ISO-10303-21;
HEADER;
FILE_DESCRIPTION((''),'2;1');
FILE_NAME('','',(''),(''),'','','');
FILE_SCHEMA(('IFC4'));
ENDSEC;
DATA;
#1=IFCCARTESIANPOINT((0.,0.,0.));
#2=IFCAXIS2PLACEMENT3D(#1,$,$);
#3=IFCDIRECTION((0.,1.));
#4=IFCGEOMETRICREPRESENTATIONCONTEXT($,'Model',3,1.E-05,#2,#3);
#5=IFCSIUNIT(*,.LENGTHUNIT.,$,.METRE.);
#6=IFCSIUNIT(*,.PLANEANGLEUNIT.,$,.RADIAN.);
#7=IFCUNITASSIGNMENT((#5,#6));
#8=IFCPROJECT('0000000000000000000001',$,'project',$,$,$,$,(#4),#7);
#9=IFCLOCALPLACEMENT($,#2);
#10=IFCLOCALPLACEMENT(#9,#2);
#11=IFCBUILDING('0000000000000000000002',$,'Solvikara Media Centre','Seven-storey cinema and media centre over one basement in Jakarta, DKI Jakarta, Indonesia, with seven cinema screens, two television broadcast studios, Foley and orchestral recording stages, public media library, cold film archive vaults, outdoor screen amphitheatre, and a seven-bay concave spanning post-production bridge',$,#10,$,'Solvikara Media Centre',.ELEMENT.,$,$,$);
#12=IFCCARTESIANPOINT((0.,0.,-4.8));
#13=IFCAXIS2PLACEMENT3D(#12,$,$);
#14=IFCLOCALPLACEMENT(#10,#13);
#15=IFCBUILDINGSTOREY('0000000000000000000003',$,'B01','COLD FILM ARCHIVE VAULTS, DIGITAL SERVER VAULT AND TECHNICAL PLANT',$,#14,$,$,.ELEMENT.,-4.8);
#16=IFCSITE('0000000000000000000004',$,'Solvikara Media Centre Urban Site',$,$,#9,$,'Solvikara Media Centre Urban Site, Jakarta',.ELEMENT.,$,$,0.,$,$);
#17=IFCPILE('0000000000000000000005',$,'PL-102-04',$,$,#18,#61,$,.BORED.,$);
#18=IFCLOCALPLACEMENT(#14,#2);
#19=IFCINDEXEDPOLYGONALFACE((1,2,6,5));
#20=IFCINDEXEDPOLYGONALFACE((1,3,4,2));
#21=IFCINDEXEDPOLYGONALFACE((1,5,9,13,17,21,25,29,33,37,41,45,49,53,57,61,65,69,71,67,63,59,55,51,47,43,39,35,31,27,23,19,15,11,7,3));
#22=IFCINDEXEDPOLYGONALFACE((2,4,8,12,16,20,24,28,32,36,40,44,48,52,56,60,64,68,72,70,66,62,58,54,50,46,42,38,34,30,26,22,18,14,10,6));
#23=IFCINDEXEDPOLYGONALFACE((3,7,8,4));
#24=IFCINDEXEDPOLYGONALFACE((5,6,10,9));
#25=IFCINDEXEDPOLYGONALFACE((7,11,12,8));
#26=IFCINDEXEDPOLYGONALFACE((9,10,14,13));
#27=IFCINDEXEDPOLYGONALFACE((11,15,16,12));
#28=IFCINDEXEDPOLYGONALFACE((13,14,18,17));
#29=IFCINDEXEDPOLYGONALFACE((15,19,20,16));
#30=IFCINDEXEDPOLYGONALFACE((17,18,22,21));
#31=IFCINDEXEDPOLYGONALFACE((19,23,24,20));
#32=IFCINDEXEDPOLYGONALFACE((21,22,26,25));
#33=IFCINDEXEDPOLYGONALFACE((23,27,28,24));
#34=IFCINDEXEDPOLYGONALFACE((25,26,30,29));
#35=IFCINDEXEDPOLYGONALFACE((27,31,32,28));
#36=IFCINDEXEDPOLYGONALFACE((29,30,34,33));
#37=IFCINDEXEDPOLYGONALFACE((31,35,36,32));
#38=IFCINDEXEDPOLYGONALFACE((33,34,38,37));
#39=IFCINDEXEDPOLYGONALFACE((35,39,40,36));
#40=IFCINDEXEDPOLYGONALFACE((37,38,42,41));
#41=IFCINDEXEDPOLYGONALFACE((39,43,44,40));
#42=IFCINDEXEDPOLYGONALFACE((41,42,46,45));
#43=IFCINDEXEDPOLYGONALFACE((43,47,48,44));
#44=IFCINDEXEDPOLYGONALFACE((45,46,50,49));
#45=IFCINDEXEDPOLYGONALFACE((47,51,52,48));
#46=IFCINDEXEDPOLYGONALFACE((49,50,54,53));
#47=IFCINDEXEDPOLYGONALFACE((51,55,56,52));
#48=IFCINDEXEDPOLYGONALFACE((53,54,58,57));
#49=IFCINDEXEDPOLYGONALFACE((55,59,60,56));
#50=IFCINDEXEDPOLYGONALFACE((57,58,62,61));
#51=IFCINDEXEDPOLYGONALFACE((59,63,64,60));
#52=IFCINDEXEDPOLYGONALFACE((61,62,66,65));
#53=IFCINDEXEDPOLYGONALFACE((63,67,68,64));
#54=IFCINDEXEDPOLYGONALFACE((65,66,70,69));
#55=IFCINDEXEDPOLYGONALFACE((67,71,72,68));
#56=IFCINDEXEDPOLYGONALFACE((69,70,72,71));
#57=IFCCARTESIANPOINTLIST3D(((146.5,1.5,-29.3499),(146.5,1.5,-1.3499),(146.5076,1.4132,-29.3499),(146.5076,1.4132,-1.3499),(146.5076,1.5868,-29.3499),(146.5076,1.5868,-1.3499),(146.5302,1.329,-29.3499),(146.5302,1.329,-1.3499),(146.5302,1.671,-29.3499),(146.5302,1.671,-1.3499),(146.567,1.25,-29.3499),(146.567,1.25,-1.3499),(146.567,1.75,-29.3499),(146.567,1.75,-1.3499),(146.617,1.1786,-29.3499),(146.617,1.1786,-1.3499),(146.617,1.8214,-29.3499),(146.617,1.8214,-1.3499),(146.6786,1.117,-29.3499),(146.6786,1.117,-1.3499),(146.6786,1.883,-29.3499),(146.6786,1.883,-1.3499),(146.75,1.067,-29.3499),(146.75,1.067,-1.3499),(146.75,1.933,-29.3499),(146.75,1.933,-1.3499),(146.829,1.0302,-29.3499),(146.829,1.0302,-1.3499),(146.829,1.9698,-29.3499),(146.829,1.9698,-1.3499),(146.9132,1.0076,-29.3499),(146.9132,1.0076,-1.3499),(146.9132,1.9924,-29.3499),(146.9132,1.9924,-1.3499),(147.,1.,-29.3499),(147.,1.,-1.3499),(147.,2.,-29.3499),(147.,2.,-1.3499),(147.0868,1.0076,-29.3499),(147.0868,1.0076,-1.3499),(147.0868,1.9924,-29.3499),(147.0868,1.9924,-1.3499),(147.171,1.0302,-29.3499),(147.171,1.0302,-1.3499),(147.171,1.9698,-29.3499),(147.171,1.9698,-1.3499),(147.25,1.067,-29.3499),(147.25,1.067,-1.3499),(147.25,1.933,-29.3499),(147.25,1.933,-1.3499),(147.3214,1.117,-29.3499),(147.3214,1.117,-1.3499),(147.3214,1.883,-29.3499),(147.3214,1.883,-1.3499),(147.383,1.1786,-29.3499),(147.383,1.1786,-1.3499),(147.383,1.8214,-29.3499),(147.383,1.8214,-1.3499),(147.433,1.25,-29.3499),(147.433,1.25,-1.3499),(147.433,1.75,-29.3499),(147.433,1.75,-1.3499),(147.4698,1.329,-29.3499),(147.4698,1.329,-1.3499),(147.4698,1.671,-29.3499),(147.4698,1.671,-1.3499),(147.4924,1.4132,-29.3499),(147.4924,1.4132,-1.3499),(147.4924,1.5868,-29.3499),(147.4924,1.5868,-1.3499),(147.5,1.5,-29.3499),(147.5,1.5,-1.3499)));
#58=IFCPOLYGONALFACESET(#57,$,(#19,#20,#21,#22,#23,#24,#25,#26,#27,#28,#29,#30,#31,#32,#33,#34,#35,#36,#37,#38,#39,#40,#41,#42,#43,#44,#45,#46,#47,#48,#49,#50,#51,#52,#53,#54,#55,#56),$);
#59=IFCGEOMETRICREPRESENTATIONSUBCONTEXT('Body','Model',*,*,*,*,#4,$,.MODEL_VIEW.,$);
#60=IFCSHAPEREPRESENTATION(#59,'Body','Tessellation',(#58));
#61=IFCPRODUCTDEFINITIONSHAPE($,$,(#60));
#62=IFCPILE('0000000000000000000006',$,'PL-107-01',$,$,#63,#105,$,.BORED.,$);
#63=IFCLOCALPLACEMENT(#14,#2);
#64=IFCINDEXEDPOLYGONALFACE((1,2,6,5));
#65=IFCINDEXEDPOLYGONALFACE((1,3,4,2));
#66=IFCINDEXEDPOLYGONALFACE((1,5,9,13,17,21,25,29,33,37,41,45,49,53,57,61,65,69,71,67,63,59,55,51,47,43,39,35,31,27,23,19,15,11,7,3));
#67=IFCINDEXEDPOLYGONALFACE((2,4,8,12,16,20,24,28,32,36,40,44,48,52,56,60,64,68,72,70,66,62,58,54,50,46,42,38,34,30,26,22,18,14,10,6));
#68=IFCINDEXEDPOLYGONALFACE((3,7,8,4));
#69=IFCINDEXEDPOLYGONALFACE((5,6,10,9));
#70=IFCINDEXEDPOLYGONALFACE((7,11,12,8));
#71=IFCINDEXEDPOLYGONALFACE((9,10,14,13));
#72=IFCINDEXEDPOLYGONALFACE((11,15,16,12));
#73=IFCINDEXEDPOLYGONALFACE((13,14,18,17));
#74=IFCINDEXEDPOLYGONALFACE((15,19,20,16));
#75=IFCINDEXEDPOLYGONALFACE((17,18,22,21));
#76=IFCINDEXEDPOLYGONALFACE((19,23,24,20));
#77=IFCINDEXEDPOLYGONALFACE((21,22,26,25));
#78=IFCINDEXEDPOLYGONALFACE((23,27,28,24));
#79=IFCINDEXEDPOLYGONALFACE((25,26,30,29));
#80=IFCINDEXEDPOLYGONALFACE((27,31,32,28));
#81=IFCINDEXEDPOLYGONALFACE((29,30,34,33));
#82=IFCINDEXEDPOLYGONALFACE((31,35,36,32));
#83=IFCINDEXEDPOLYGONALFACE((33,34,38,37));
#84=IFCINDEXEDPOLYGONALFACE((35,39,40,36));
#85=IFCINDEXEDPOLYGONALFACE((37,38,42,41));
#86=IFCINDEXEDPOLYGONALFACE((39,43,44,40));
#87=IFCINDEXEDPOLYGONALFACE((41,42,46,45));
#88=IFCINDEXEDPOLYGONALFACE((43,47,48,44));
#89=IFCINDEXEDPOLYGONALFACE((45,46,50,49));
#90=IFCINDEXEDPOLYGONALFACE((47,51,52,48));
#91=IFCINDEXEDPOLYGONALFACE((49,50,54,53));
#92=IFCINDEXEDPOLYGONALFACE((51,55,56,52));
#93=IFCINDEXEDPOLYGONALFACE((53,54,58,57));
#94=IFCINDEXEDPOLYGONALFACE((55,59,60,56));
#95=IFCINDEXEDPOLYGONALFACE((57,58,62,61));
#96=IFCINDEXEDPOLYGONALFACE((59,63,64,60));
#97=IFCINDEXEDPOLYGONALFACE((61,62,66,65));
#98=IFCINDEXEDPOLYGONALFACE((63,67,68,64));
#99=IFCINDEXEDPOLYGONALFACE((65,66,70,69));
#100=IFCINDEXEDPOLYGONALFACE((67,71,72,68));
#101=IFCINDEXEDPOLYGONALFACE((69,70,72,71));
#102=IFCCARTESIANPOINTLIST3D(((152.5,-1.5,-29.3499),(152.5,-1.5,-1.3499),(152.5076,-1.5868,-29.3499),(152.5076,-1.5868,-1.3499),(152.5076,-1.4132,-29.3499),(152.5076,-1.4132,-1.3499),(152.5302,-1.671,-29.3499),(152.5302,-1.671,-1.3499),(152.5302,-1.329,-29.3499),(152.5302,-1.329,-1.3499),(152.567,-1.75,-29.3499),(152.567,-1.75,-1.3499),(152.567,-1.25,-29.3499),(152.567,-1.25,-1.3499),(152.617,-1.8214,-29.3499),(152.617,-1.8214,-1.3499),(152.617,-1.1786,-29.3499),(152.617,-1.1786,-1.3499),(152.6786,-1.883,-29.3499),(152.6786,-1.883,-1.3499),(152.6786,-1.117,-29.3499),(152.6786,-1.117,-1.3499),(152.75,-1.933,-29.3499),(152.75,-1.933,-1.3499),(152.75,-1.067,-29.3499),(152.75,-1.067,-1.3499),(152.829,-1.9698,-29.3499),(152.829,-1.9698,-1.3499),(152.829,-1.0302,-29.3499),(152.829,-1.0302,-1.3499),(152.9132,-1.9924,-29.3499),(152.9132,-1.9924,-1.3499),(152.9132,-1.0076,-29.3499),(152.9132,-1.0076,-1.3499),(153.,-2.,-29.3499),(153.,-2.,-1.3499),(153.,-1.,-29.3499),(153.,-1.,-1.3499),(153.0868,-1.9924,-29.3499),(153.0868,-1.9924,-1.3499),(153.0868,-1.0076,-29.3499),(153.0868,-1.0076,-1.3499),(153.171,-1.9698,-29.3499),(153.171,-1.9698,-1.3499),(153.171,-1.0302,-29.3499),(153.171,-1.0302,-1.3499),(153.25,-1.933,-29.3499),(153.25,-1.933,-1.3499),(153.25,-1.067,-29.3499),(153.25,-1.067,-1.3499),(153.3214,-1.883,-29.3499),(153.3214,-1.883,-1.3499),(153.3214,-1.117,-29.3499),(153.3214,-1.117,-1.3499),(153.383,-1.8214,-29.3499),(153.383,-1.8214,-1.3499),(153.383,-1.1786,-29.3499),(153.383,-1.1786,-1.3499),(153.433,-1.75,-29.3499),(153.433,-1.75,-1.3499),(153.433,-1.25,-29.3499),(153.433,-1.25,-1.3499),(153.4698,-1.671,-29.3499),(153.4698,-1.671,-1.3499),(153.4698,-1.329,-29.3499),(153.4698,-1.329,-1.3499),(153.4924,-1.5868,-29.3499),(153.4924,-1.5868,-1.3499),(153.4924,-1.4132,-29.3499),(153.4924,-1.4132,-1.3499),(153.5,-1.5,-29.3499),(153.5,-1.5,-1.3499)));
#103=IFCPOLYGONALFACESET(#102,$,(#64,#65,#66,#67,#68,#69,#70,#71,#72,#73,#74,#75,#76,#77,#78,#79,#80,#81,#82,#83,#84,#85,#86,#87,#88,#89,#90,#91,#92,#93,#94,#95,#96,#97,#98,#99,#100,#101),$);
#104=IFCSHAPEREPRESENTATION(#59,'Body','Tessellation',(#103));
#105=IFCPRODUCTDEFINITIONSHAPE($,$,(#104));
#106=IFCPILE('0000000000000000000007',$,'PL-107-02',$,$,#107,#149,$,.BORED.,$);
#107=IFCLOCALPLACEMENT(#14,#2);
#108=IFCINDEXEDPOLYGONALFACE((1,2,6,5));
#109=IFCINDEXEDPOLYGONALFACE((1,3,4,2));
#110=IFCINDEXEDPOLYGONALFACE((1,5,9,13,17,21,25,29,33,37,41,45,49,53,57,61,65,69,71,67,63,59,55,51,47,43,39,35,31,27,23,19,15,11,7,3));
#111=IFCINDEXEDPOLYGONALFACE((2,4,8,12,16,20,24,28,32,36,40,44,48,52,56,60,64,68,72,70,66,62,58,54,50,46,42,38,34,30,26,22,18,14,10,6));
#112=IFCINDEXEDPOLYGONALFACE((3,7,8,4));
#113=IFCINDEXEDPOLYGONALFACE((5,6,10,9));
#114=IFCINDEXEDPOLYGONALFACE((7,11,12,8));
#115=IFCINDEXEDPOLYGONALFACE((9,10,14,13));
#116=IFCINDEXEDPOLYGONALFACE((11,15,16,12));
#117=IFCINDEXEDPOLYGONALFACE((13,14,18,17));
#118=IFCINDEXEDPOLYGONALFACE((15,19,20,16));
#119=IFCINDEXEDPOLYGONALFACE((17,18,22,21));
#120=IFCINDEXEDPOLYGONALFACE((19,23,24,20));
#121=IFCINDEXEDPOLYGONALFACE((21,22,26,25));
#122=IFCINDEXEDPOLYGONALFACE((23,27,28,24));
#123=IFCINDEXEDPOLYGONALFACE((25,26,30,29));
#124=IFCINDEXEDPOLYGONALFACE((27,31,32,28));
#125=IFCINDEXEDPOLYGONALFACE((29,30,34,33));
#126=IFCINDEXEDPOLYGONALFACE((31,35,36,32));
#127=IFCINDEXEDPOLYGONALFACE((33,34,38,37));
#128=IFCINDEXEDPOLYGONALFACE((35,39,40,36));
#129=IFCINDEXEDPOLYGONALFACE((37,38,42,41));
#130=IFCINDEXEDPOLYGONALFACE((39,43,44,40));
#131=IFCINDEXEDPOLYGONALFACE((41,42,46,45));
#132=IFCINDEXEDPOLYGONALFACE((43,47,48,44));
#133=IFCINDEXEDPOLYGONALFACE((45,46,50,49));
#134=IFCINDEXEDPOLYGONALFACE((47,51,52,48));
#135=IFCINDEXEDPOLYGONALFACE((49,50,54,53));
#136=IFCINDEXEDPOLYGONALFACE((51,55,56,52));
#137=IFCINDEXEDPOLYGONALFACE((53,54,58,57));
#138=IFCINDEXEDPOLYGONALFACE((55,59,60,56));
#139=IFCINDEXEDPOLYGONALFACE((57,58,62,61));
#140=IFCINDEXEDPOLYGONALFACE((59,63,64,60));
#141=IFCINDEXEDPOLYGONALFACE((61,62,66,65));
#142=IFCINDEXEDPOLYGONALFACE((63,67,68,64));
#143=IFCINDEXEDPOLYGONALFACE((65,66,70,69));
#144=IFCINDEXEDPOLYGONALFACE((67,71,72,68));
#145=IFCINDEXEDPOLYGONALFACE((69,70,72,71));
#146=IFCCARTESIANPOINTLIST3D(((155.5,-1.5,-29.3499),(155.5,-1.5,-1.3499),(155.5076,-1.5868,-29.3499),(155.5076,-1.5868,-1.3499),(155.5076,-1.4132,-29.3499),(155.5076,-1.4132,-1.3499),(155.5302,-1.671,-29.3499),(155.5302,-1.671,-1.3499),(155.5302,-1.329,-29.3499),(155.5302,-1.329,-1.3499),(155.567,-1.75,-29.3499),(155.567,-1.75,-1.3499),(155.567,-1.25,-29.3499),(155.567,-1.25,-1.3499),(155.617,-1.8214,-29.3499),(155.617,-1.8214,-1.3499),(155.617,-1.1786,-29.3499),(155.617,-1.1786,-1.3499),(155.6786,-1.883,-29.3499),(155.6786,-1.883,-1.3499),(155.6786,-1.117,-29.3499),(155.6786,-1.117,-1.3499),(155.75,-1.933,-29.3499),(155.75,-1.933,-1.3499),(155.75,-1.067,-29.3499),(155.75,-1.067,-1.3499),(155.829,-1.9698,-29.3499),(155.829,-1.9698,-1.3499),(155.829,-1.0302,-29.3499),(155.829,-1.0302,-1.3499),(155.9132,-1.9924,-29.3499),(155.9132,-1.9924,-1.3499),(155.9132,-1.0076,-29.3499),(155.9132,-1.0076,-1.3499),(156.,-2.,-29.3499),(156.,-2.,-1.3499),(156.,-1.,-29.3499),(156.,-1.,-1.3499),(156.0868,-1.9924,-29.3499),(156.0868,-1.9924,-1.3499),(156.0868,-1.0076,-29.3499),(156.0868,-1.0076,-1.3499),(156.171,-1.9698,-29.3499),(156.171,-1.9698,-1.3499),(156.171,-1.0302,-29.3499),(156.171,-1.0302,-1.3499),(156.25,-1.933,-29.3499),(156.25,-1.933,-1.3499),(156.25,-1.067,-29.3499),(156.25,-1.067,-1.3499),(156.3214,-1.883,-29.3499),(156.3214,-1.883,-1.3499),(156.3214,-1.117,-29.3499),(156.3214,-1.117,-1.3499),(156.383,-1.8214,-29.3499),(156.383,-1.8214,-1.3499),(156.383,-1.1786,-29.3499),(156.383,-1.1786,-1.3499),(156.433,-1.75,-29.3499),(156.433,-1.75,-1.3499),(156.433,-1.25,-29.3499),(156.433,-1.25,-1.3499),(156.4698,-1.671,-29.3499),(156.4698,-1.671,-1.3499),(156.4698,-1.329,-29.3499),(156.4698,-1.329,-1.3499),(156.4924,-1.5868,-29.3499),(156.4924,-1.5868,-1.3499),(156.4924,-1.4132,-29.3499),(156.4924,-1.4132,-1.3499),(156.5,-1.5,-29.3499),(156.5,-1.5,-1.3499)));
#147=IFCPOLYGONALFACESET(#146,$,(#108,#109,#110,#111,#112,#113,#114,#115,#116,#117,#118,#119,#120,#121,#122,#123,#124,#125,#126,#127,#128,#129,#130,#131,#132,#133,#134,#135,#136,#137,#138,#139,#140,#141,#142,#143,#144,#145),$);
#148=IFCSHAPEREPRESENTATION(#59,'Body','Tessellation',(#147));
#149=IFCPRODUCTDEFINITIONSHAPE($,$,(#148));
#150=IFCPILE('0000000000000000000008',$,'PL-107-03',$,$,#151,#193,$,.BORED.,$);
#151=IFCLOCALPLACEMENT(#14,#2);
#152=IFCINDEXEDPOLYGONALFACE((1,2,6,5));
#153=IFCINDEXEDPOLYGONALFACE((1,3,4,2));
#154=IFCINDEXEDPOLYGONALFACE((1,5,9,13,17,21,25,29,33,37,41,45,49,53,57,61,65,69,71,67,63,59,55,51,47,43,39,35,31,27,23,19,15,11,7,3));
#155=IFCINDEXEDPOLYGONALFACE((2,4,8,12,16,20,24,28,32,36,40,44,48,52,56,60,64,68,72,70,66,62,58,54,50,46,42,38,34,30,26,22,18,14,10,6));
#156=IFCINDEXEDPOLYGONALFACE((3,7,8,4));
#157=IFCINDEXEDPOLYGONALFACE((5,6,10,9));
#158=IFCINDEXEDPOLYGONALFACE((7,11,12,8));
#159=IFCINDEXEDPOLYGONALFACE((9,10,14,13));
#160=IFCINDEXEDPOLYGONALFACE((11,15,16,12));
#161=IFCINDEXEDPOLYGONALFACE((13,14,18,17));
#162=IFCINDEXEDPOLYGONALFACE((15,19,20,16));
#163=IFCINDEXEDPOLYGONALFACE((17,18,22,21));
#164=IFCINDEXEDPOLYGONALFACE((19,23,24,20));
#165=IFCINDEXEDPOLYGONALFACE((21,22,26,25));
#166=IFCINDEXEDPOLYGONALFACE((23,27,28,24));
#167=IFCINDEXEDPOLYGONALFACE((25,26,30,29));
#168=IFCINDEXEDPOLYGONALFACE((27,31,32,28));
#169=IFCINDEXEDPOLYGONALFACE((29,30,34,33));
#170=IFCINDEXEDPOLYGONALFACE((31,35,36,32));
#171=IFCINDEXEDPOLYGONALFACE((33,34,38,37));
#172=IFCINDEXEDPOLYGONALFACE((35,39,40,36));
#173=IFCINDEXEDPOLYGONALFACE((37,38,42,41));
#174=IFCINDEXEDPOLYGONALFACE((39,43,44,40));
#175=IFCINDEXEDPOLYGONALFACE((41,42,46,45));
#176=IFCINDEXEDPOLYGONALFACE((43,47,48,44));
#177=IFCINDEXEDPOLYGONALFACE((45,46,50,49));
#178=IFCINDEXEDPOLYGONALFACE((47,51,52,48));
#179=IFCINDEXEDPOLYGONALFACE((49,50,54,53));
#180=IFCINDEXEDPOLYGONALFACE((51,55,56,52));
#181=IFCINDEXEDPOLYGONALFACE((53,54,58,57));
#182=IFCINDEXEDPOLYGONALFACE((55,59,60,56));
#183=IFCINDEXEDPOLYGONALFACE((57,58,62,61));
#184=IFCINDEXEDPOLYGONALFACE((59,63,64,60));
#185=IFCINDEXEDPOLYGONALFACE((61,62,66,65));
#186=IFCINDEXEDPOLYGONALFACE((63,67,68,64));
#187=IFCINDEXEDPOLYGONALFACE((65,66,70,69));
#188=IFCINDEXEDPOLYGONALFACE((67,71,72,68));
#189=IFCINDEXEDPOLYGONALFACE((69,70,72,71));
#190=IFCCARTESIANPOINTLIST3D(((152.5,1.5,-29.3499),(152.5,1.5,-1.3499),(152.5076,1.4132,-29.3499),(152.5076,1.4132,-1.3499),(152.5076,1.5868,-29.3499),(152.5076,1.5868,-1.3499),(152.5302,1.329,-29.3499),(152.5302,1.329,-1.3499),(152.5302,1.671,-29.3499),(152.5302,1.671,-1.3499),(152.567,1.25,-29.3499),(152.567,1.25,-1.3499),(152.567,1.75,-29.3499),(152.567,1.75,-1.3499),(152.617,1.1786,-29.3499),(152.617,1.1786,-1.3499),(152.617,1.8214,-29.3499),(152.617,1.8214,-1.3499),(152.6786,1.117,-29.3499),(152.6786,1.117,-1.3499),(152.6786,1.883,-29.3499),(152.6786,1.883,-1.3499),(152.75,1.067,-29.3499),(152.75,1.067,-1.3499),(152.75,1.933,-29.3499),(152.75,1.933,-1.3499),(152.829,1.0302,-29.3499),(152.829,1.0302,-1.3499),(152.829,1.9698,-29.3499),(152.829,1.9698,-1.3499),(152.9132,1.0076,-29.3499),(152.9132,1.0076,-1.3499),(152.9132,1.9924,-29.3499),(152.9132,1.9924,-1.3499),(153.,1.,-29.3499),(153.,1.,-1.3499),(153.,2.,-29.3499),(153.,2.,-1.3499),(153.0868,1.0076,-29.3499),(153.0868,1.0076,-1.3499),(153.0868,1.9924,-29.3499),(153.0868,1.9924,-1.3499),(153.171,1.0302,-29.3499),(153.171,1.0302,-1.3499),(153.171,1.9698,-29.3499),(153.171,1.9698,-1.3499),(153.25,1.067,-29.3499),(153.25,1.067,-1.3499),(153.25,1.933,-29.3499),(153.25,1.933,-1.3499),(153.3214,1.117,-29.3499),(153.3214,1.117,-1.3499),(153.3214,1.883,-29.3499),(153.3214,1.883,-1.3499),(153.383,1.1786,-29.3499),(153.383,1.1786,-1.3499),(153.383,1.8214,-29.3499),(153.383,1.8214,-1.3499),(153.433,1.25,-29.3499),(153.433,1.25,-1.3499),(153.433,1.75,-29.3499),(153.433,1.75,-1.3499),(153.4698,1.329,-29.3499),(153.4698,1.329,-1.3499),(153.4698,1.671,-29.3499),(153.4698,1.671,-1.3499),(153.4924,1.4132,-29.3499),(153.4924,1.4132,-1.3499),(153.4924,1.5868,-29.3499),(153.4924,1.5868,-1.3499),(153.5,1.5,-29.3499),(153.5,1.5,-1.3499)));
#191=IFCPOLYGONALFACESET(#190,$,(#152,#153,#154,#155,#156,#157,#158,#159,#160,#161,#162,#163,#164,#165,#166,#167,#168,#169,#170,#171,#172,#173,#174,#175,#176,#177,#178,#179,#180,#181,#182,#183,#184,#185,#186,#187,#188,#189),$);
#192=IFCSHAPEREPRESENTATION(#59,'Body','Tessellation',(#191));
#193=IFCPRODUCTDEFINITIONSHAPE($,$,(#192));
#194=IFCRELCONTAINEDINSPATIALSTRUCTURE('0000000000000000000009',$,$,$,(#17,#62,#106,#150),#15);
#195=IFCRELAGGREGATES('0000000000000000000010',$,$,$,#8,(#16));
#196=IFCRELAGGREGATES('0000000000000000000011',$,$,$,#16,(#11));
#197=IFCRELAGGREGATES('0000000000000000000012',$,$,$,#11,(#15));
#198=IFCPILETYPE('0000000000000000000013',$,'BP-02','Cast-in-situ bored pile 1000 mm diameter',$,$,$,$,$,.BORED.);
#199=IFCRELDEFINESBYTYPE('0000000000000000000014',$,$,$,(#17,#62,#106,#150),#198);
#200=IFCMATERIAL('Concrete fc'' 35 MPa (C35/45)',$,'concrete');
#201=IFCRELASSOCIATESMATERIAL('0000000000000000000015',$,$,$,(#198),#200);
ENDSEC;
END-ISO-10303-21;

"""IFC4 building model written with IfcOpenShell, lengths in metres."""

from ifc_helpers import new_model, si_unit, direction, frame, origin, origin_2d, place, context, subcontext, project, spatial, circle, extrude, material, material_profile, profile_set, type_object, element, save


model = new_model("IFC4")

# Units and contexts
model_context = context("Model", 3, precision=1e-05, world=origin(), true_north=direction((0.0, 1.0)))
body_context = subcontext(model_context, "Body", "Model", "MODEL_VIEW")
ifc_project = project(units=[si_unit("LENGTHUNIT", "METRE"), si_unit("PLANEANGLEUNIT", "RADIAN")], contexts=[model_context])

# Site, building, storey
site_placement = place(None, origin())
site = spatial("IfcSite", under=ifc_project, at=site_placement, Name="Solvikara Media Centre Urban Site", LongName="Solvikara Media Centre Urban Site, Jakarta", CompositionType="ELEMENT", RefElevation=0.0)
building_placement = place(site_placement, origin())
building = spatial("IfcBuilding", under=site, at=building_placement, Name="Solvikara Media Centre", Description="Seven-storey cinema and media centre over one basement in Jakarta, DKI Jakarta, Indonesia, with seven cinema screens, two television broadcast studios, Foley and orchestral recording stages, public media library, cold film archive vaults, outdoor screen amphitheatre, and a seven-bay concave spanning post-production bridge", LongName="Solvikara Media Centre", CompositionType="ELEMENT")
storey_placement = place(building_placement, frame((0.0, 0.0, -4.8)))
storey = spatial("IfcBuildingStorey", under=building, at=storey_placement, Name="B01", Description="COLD FILM ARCHIVE VAULTS, DIGITAL SERVER VAULT AND TECHNICAL PLANT", CompositionType="ELEMENT", Elevation=-4.8)

# Piles
ifc_material_1 = material(Name="Concrete fc' 35 MPa (C35/45)", Category="concrete")
ifc_material_profile_1 = material_profile(ifc_material_1, circle(Radius=0.5, at=origin_2d()), Name="BORED PILE D1000")
ifc_profile_set_1 = profile_set([ifc_material_profile_1], Name="Concrete fc' 35 MPa (C35/45)")
pile_type_1 = type_object("IfcPileType", Name="BP-02", Description="Cast-in-situ bored pile 1000 mm diameter", PredefinedType="BORED", material=ifc_profile_set_1)
for number, where, z_axis, x_axis, name in (
    (1, (147.0, 1.5, -1.3499), (0.0, 0.0, -1.0), (1.0, 0.0, 0.0), "PL-102-04"),
    (2, (153.0, -1.5, -1.3499), (0.0, 0.0, -1.0), (1.0, 0.0, 0.0), "PL-107-01"),
    (3, (156.0, -1.5, -1.3499), (0.0, 0.0, -1.0), (1.0, 0.0, 0.0), "PL-107-02"),
    (4, (153.0, 1.5, -1.3499), (0.0, 0.0, -1.0), (1.0, 0.0, 0.0), "PL-107-03"),
):
    element("IfcPile", number, at=place(storey_placement, frame(where, z_axis=z_axis, x_axis=x_axis)), inside=storey, type_object=pile_type_1, Name=name, PredefinedType="BORED", context=body_context, shape_type="SweptSolid", body=[
        extrude(circle(Radius=0.5, at=origin_2d()), origin(), (0.0, 0.0, 1.0), 28.0),
    ])

save(model, "model.ifc")
